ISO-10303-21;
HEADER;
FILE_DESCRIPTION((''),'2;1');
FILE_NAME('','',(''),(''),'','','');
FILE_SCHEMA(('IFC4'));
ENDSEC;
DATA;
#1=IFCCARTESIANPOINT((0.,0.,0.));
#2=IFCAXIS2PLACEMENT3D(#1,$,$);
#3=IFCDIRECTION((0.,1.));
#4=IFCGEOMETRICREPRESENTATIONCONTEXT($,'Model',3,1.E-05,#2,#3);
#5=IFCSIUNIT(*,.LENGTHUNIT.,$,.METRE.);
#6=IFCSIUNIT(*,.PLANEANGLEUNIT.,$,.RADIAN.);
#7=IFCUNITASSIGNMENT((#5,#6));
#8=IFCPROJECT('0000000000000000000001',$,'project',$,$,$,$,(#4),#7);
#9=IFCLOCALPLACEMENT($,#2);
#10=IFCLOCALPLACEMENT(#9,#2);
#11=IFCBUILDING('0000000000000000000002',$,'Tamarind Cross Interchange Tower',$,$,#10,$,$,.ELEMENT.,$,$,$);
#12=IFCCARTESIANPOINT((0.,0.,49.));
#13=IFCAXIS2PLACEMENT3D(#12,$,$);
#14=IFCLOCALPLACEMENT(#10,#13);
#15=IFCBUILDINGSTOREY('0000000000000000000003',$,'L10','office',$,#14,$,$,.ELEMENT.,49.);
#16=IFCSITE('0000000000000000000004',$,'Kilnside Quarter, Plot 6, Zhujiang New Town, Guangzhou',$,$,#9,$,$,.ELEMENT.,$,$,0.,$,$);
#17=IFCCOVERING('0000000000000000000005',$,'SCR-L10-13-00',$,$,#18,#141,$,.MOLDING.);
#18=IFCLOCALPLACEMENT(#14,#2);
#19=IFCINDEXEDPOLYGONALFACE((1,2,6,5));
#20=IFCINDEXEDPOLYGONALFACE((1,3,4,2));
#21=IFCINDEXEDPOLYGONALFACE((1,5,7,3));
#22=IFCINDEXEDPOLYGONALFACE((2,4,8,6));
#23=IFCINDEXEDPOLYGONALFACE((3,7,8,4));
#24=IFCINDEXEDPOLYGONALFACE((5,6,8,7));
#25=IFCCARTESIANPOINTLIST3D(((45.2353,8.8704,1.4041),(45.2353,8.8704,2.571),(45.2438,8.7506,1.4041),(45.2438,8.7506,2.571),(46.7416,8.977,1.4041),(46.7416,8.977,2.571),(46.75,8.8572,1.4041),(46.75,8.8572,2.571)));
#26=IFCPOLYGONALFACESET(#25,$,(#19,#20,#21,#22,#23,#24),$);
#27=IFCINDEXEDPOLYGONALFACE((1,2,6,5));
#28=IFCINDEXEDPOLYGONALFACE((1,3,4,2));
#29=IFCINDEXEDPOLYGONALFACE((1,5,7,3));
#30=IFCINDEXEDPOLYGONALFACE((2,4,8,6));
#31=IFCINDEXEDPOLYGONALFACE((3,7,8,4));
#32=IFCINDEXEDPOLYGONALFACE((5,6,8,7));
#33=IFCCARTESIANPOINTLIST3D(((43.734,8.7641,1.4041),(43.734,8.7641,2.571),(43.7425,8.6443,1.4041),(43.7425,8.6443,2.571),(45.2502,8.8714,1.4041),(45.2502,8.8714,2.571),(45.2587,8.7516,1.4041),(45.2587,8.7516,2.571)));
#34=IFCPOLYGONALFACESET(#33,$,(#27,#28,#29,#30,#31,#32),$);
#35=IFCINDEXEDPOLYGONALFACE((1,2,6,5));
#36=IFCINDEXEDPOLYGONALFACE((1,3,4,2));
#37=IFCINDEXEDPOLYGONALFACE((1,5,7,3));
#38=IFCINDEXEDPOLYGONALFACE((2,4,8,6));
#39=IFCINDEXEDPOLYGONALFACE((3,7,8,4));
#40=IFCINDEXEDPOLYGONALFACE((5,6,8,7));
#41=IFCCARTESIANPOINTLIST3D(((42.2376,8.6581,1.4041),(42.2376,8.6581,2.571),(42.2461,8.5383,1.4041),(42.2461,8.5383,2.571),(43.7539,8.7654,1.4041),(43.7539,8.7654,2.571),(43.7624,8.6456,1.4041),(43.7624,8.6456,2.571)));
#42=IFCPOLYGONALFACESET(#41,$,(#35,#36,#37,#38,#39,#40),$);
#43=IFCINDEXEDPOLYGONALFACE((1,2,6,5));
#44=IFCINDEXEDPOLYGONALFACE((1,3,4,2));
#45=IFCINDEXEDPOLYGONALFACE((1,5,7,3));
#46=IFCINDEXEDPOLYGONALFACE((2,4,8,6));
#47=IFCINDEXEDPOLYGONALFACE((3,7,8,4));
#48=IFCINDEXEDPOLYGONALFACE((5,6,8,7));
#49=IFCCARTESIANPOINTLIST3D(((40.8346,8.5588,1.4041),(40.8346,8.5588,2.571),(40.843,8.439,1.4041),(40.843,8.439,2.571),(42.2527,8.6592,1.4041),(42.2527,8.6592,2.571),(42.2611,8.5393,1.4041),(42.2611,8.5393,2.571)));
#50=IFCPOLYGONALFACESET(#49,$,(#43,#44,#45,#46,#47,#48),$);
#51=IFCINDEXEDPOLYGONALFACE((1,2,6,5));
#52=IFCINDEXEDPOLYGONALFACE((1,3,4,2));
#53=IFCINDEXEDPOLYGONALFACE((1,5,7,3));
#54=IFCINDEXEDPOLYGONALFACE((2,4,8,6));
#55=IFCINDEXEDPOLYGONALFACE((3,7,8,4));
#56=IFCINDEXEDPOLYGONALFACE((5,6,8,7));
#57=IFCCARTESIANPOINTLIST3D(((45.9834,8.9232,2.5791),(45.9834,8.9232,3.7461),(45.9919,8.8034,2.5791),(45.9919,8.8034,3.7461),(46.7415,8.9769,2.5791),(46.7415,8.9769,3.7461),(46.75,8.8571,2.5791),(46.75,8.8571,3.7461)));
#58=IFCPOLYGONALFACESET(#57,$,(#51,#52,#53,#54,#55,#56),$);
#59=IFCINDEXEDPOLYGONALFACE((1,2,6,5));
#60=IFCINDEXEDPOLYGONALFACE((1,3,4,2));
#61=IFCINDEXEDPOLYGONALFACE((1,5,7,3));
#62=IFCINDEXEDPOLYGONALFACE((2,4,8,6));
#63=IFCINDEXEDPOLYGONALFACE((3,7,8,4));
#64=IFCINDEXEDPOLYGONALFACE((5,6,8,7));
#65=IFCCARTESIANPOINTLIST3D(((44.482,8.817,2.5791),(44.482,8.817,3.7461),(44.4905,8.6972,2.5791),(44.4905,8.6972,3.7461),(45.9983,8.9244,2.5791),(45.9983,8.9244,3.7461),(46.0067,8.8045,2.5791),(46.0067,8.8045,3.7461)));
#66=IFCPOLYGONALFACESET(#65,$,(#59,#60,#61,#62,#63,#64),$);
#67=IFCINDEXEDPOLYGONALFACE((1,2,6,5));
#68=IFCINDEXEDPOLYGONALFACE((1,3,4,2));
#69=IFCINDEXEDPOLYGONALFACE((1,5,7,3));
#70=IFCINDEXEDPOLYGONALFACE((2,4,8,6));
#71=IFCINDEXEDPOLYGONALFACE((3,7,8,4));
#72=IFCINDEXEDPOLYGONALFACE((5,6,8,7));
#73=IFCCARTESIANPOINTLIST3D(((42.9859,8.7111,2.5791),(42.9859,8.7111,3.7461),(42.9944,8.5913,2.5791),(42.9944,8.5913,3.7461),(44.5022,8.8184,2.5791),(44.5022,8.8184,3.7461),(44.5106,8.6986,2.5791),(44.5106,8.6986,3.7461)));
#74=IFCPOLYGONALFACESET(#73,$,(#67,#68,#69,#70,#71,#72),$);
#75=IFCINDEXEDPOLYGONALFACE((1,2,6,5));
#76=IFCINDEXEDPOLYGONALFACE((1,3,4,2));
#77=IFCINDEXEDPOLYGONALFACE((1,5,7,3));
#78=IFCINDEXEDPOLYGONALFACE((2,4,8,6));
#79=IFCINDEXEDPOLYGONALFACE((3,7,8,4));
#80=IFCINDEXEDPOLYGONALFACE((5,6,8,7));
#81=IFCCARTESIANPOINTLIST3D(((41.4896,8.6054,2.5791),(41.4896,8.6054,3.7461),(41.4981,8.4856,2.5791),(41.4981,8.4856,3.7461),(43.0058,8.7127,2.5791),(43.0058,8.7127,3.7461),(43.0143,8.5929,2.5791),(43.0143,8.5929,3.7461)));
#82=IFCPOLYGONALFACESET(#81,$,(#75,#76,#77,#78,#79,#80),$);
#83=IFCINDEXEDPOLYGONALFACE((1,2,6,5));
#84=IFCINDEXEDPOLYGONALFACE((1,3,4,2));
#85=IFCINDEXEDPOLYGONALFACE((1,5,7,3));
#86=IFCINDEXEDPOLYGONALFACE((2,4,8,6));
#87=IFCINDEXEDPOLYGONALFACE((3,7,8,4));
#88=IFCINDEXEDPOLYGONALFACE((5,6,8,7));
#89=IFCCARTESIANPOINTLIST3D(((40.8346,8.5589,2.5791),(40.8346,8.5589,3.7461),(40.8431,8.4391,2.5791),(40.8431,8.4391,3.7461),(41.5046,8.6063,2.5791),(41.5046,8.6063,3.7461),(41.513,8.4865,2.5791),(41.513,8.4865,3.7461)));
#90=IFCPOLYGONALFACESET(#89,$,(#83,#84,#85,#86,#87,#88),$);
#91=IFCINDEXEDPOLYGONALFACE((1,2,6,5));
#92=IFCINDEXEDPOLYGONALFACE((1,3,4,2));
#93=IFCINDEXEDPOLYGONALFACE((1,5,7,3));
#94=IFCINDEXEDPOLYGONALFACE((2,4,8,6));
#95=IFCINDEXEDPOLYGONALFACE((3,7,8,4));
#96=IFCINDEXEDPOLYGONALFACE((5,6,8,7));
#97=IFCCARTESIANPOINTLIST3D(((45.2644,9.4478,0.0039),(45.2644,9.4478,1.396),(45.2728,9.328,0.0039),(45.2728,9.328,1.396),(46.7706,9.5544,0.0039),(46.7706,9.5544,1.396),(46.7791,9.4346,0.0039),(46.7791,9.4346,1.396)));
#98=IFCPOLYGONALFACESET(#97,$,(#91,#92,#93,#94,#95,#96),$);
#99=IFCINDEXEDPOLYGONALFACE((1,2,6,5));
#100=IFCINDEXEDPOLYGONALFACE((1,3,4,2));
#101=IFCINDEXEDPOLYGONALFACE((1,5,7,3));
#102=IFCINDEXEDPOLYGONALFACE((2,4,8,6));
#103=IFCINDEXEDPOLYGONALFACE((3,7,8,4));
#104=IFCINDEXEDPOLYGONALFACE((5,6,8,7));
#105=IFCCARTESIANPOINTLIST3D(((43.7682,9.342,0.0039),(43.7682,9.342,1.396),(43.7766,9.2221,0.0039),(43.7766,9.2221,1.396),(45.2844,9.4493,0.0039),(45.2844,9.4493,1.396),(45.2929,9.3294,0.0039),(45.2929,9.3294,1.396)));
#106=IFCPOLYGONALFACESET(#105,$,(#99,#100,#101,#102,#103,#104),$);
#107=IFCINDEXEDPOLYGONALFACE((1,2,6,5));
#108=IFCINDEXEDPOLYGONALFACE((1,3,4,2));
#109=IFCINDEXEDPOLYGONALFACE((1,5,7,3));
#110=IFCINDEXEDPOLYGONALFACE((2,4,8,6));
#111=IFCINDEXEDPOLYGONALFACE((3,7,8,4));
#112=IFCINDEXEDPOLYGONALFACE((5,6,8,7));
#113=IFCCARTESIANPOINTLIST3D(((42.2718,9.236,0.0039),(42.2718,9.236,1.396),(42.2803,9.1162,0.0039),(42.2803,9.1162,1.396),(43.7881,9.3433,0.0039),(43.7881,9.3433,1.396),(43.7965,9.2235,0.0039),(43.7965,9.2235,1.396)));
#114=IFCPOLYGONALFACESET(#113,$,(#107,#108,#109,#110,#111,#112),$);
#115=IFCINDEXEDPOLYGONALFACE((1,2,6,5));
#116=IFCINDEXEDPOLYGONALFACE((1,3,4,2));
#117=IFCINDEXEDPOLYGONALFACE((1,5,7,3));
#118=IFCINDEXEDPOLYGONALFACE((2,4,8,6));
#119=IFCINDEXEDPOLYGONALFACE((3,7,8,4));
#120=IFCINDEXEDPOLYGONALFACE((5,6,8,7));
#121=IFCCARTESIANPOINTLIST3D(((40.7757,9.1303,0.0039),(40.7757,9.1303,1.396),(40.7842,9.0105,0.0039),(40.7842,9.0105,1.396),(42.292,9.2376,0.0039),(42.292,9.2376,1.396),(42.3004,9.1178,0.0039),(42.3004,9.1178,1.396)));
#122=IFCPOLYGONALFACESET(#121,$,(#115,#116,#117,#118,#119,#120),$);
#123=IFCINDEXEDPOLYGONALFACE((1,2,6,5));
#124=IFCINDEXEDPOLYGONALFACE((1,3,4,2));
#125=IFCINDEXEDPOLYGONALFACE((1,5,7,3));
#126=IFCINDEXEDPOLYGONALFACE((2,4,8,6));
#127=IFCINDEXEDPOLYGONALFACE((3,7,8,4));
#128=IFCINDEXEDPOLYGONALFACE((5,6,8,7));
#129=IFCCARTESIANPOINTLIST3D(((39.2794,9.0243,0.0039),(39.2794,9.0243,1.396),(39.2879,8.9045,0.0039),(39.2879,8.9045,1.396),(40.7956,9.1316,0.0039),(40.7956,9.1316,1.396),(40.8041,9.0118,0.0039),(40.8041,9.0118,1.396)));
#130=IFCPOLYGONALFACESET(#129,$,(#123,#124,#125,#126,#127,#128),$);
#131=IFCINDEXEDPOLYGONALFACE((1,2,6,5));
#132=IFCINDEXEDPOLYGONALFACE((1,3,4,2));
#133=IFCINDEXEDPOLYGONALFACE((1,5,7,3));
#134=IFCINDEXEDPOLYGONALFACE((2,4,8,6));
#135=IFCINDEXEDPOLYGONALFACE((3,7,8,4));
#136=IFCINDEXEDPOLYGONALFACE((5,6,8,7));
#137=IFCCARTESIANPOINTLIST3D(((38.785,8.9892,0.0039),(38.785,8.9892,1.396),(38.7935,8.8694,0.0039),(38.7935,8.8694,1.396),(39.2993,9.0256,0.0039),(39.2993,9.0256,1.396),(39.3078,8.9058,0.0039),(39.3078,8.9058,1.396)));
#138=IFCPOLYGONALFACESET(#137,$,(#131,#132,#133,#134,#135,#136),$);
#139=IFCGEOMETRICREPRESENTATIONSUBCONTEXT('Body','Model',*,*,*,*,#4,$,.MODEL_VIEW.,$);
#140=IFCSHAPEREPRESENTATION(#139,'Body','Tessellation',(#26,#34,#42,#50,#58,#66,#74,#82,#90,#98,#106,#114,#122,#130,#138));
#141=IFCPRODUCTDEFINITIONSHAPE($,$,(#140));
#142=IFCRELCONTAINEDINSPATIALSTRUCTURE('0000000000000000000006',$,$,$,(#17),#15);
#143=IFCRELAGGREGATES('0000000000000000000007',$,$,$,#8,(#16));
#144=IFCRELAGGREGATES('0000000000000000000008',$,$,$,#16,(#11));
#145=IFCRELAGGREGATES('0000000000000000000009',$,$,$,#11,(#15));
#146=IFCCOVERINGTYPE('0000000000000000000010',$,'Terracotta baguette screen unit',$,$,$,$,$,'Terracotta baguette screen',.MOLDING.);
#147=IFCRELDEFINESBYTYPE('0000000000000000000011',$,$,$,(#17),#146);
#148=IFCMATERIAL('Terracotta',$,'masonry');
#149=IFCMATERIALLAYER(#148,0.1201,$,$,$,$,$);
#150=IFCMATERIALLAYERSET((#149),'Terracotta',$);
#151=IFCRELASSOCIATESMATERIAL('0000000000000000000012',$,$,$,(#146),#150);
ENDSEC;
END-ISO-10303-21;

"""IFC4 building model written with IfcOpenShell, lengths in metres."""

from ifc_helpers import new_model, si_unit, direction, frame, origin, origin_2d, place, context, subcontext, project, spatial, rectangle, extrude, material, layer, layer_set, type_object, element, save


model = new_model("IFC4")

# Units and contexts
model_context = context("Model", 3, precision=1e-05, world=origin(), true_north=direction((0.0, 1.0)))
body_context = subcontext(model_context, "Body", "Model", "MODEL_VIEW")
ifc_project = project(units=[si_unit("LENGTHUNIT", "METRE"), si_unit("PLANEANGLEUNIT", "RADIAN")], contexts=[model_context])

# Site, building, storey
site_placement = place(None, origin())
site = spatial("IfcSite", under=ifc_project, at=site_placement, Name="Kilnside Quarter, Plot 6, Zhujiang New Town, Guangzhou", CompositionType="ELEMENT", RefElevation=0.0)
building_placement = place(site_placement, origin())
building = spatial("IfcBuilding", under=site, at=building_placement, Name="Tamarind Cross Interchange Tower", CompositionType="ELEMENT")
storey_placement = place(building_placement, frame((0.0, 0.0, 49.0)))
storey = spatial("IfcBuildingStorey", under=building, at=storey_placement, Name="L10", Description="office", CompositionType="ELEMENT", Elevation=49.0)

# Covering
ifc_material_1 = material(Name="Terracotta", Category="masonry")
ifc_layer_1 = layer(ifc_material_1, 0.1201)
ifc_layer_set_1 = layer_set([ifc_layer_1], Name="Terracotta")
covering_type = type_object("IfcCoveringType", Name="Terracotta baguette screen unit", ElementType="Terracotta baguette screen", PredefinedType="MOLDING", material=ifc_layer_set_1)
covering_1_placement = place(storey_placement, origin())
element("IfcCovering", 1, at=covering_1_placement, inside=storey, type_object=covering_type, Name="SCR-L10-13-00", PredefinedType="MOLDING", context=body_context, shape_type="SweptSolid", body=[
    extrude(rectangle(XDim=1.51, YDim=0.1201, at=origin_2d()), frame((45.9927, 8.8638, 1.4041), z_axis=(0.0, 0.0, 1.0), x_axis=(-0.997505, -0.070594, 0.0)), (0.0, 0.0, 1.0), 1.167),
    extrude(rectangle(XDim=1.52, YDim=0.1201, at=origin_2d()), frame((44.4963, 8.7578, 1.4041), z_axis=(0.0, 0.0, 1.0), x_axis=(-0.997505, -0.070594, 0.0)), (0.0, 0.0, 1.0), 1.167),
    extrude(rectangle(XDim=1.52, YDim=0.1201, at=origin_2d()), frame((43.0, 8.6519, 1.4041), z_axis=(0.0, 0.0, 1.0), x_axis=(-0.997505, -0.070594, 0.0)), (0.0, 0.0, 1.0), 1.167),
    extrude(rectangle(XDim=1.4216, YDim=0.1201, at=origin_2d()), frame((41.5479, 8.5491, 1.4041), z_axis=(0.0, 0.0, 1.0), x_axis=(-0.997505, -0.070594, 0.0)), (0.0, 0.0, 1.0), 1.167),
    extrude(rectangle(XDim=0.76, YDim=0.1201, at=origin_2d()), frame((46.3667, 8.8901, 2.5791), z_axis=(0.0, 0.0, 1.0), x_axis=(-0.997505, -0.070594, 0.0)), (0.0, 0.0, 1.0), 1.167),
    extrude(rectangle(XDim=1.52, YDim=0.1201, at=origin_2d()), frame((45.2444, 8.8108, 2.5791), z_axis=(0.0, 0.0, 1.0), x_axis=(-0.997505, -0.070594, 0.0)), (0.0, 0.0, 1.0), 1.167),
    extrude(rectangle(XDim=1.52, YDim=0.1201, at=origin_2d()), frame((43.7483, 8.7048, 2.5791), z_axis=(0.0, 0.0, 1.0), x_axis=(-0.997505, -0.070594, 0.0)), (0.0, 0.0, 1.0), 1.167),
    extrude(rectangle(XDim=1.52, YDim=0.1201, at=origin_2d()), frame((42.252, 8.5991, 2.5791), z_axis=(0.0, 0.0, 1.0), x_axis=(-0.997505, -0.070594, 0.0)), (0.0, 0.0, 1.0), 1.167),
    extrude(rectangle(XDim=0.6716, YDim=0.1201, at=origin_2d()), frame((41.1738, 8.5227, 2.5791), z_axis=(0.0, 0.0, 1.0), x_axis=(-0.997505, -0.070594, 0.0)), (0.0, 0.0, 1.0), 1.167),
    extrude(rectangle(XDim=1.51, YDim=0.1201, at=origin_2d()), frame((46.0217, 9.4412, 0.0039), z_axis=(0.0, 0.0, 1.0), x_axis=(-0.997505, -0.070594, 0.0)), (0.0, 0.0, 1.0), 1.3921),
    extrude(rectangle(XDim=1.52, YDim=0.1201, at=origin_2d()), frame((44.5305, 9.3357, 0.0039), z_axis=(0.0, 0.0, 1.0), x_axis=(-0.997505, -0.070594, 0.0)), (0.0, 0.0, 1.0), 1.3921),
    extrude(rectangle(XDim=1.52, YDim=0.1201, at=origin_2d()), frame((43.0342, 9.2297, 0.0039), z_axis=(0.0, 0.0, 1.0), x_axis=(-0.997505, -0.070594, 0.0)), (0.0, 0.0, 1.0), 1.3921),
    extrude(rectangle(XDim=1.52, YDim=0.1201, at=origin_2d()), frame((41.5381, 9.124, 0.0039), z_axis=(0.0, 0.0, 1.0), x_axis=(-0.997505, -0.070594, 0.0)), (0.0, 0.0, 1.0), 1.3921),
    extrude(rectangle(XDim=1.52, YDim=0.1201, at=origin_2d()), frame((40.0417, 9.0181, 0.0039), z_axis=(0.0, 0.0, 1.0), x_axis=(-0.997505, -0.070594, 0.0)), (0.0, 0.0, 1.0), 1.3921),
    extrude(rectangle(XDim=0.5156, YDim=0.1201, at=origin_2d()), frame((39.0464, 8.9475, 0.0039), z_axis=(0.0, 0.0, 1.0), x_axis=(-0.997505, -0.070594, 0.0)), (0.0, 0.0, 1.0), 1.3921),
])

save(model, "model.ifc")
